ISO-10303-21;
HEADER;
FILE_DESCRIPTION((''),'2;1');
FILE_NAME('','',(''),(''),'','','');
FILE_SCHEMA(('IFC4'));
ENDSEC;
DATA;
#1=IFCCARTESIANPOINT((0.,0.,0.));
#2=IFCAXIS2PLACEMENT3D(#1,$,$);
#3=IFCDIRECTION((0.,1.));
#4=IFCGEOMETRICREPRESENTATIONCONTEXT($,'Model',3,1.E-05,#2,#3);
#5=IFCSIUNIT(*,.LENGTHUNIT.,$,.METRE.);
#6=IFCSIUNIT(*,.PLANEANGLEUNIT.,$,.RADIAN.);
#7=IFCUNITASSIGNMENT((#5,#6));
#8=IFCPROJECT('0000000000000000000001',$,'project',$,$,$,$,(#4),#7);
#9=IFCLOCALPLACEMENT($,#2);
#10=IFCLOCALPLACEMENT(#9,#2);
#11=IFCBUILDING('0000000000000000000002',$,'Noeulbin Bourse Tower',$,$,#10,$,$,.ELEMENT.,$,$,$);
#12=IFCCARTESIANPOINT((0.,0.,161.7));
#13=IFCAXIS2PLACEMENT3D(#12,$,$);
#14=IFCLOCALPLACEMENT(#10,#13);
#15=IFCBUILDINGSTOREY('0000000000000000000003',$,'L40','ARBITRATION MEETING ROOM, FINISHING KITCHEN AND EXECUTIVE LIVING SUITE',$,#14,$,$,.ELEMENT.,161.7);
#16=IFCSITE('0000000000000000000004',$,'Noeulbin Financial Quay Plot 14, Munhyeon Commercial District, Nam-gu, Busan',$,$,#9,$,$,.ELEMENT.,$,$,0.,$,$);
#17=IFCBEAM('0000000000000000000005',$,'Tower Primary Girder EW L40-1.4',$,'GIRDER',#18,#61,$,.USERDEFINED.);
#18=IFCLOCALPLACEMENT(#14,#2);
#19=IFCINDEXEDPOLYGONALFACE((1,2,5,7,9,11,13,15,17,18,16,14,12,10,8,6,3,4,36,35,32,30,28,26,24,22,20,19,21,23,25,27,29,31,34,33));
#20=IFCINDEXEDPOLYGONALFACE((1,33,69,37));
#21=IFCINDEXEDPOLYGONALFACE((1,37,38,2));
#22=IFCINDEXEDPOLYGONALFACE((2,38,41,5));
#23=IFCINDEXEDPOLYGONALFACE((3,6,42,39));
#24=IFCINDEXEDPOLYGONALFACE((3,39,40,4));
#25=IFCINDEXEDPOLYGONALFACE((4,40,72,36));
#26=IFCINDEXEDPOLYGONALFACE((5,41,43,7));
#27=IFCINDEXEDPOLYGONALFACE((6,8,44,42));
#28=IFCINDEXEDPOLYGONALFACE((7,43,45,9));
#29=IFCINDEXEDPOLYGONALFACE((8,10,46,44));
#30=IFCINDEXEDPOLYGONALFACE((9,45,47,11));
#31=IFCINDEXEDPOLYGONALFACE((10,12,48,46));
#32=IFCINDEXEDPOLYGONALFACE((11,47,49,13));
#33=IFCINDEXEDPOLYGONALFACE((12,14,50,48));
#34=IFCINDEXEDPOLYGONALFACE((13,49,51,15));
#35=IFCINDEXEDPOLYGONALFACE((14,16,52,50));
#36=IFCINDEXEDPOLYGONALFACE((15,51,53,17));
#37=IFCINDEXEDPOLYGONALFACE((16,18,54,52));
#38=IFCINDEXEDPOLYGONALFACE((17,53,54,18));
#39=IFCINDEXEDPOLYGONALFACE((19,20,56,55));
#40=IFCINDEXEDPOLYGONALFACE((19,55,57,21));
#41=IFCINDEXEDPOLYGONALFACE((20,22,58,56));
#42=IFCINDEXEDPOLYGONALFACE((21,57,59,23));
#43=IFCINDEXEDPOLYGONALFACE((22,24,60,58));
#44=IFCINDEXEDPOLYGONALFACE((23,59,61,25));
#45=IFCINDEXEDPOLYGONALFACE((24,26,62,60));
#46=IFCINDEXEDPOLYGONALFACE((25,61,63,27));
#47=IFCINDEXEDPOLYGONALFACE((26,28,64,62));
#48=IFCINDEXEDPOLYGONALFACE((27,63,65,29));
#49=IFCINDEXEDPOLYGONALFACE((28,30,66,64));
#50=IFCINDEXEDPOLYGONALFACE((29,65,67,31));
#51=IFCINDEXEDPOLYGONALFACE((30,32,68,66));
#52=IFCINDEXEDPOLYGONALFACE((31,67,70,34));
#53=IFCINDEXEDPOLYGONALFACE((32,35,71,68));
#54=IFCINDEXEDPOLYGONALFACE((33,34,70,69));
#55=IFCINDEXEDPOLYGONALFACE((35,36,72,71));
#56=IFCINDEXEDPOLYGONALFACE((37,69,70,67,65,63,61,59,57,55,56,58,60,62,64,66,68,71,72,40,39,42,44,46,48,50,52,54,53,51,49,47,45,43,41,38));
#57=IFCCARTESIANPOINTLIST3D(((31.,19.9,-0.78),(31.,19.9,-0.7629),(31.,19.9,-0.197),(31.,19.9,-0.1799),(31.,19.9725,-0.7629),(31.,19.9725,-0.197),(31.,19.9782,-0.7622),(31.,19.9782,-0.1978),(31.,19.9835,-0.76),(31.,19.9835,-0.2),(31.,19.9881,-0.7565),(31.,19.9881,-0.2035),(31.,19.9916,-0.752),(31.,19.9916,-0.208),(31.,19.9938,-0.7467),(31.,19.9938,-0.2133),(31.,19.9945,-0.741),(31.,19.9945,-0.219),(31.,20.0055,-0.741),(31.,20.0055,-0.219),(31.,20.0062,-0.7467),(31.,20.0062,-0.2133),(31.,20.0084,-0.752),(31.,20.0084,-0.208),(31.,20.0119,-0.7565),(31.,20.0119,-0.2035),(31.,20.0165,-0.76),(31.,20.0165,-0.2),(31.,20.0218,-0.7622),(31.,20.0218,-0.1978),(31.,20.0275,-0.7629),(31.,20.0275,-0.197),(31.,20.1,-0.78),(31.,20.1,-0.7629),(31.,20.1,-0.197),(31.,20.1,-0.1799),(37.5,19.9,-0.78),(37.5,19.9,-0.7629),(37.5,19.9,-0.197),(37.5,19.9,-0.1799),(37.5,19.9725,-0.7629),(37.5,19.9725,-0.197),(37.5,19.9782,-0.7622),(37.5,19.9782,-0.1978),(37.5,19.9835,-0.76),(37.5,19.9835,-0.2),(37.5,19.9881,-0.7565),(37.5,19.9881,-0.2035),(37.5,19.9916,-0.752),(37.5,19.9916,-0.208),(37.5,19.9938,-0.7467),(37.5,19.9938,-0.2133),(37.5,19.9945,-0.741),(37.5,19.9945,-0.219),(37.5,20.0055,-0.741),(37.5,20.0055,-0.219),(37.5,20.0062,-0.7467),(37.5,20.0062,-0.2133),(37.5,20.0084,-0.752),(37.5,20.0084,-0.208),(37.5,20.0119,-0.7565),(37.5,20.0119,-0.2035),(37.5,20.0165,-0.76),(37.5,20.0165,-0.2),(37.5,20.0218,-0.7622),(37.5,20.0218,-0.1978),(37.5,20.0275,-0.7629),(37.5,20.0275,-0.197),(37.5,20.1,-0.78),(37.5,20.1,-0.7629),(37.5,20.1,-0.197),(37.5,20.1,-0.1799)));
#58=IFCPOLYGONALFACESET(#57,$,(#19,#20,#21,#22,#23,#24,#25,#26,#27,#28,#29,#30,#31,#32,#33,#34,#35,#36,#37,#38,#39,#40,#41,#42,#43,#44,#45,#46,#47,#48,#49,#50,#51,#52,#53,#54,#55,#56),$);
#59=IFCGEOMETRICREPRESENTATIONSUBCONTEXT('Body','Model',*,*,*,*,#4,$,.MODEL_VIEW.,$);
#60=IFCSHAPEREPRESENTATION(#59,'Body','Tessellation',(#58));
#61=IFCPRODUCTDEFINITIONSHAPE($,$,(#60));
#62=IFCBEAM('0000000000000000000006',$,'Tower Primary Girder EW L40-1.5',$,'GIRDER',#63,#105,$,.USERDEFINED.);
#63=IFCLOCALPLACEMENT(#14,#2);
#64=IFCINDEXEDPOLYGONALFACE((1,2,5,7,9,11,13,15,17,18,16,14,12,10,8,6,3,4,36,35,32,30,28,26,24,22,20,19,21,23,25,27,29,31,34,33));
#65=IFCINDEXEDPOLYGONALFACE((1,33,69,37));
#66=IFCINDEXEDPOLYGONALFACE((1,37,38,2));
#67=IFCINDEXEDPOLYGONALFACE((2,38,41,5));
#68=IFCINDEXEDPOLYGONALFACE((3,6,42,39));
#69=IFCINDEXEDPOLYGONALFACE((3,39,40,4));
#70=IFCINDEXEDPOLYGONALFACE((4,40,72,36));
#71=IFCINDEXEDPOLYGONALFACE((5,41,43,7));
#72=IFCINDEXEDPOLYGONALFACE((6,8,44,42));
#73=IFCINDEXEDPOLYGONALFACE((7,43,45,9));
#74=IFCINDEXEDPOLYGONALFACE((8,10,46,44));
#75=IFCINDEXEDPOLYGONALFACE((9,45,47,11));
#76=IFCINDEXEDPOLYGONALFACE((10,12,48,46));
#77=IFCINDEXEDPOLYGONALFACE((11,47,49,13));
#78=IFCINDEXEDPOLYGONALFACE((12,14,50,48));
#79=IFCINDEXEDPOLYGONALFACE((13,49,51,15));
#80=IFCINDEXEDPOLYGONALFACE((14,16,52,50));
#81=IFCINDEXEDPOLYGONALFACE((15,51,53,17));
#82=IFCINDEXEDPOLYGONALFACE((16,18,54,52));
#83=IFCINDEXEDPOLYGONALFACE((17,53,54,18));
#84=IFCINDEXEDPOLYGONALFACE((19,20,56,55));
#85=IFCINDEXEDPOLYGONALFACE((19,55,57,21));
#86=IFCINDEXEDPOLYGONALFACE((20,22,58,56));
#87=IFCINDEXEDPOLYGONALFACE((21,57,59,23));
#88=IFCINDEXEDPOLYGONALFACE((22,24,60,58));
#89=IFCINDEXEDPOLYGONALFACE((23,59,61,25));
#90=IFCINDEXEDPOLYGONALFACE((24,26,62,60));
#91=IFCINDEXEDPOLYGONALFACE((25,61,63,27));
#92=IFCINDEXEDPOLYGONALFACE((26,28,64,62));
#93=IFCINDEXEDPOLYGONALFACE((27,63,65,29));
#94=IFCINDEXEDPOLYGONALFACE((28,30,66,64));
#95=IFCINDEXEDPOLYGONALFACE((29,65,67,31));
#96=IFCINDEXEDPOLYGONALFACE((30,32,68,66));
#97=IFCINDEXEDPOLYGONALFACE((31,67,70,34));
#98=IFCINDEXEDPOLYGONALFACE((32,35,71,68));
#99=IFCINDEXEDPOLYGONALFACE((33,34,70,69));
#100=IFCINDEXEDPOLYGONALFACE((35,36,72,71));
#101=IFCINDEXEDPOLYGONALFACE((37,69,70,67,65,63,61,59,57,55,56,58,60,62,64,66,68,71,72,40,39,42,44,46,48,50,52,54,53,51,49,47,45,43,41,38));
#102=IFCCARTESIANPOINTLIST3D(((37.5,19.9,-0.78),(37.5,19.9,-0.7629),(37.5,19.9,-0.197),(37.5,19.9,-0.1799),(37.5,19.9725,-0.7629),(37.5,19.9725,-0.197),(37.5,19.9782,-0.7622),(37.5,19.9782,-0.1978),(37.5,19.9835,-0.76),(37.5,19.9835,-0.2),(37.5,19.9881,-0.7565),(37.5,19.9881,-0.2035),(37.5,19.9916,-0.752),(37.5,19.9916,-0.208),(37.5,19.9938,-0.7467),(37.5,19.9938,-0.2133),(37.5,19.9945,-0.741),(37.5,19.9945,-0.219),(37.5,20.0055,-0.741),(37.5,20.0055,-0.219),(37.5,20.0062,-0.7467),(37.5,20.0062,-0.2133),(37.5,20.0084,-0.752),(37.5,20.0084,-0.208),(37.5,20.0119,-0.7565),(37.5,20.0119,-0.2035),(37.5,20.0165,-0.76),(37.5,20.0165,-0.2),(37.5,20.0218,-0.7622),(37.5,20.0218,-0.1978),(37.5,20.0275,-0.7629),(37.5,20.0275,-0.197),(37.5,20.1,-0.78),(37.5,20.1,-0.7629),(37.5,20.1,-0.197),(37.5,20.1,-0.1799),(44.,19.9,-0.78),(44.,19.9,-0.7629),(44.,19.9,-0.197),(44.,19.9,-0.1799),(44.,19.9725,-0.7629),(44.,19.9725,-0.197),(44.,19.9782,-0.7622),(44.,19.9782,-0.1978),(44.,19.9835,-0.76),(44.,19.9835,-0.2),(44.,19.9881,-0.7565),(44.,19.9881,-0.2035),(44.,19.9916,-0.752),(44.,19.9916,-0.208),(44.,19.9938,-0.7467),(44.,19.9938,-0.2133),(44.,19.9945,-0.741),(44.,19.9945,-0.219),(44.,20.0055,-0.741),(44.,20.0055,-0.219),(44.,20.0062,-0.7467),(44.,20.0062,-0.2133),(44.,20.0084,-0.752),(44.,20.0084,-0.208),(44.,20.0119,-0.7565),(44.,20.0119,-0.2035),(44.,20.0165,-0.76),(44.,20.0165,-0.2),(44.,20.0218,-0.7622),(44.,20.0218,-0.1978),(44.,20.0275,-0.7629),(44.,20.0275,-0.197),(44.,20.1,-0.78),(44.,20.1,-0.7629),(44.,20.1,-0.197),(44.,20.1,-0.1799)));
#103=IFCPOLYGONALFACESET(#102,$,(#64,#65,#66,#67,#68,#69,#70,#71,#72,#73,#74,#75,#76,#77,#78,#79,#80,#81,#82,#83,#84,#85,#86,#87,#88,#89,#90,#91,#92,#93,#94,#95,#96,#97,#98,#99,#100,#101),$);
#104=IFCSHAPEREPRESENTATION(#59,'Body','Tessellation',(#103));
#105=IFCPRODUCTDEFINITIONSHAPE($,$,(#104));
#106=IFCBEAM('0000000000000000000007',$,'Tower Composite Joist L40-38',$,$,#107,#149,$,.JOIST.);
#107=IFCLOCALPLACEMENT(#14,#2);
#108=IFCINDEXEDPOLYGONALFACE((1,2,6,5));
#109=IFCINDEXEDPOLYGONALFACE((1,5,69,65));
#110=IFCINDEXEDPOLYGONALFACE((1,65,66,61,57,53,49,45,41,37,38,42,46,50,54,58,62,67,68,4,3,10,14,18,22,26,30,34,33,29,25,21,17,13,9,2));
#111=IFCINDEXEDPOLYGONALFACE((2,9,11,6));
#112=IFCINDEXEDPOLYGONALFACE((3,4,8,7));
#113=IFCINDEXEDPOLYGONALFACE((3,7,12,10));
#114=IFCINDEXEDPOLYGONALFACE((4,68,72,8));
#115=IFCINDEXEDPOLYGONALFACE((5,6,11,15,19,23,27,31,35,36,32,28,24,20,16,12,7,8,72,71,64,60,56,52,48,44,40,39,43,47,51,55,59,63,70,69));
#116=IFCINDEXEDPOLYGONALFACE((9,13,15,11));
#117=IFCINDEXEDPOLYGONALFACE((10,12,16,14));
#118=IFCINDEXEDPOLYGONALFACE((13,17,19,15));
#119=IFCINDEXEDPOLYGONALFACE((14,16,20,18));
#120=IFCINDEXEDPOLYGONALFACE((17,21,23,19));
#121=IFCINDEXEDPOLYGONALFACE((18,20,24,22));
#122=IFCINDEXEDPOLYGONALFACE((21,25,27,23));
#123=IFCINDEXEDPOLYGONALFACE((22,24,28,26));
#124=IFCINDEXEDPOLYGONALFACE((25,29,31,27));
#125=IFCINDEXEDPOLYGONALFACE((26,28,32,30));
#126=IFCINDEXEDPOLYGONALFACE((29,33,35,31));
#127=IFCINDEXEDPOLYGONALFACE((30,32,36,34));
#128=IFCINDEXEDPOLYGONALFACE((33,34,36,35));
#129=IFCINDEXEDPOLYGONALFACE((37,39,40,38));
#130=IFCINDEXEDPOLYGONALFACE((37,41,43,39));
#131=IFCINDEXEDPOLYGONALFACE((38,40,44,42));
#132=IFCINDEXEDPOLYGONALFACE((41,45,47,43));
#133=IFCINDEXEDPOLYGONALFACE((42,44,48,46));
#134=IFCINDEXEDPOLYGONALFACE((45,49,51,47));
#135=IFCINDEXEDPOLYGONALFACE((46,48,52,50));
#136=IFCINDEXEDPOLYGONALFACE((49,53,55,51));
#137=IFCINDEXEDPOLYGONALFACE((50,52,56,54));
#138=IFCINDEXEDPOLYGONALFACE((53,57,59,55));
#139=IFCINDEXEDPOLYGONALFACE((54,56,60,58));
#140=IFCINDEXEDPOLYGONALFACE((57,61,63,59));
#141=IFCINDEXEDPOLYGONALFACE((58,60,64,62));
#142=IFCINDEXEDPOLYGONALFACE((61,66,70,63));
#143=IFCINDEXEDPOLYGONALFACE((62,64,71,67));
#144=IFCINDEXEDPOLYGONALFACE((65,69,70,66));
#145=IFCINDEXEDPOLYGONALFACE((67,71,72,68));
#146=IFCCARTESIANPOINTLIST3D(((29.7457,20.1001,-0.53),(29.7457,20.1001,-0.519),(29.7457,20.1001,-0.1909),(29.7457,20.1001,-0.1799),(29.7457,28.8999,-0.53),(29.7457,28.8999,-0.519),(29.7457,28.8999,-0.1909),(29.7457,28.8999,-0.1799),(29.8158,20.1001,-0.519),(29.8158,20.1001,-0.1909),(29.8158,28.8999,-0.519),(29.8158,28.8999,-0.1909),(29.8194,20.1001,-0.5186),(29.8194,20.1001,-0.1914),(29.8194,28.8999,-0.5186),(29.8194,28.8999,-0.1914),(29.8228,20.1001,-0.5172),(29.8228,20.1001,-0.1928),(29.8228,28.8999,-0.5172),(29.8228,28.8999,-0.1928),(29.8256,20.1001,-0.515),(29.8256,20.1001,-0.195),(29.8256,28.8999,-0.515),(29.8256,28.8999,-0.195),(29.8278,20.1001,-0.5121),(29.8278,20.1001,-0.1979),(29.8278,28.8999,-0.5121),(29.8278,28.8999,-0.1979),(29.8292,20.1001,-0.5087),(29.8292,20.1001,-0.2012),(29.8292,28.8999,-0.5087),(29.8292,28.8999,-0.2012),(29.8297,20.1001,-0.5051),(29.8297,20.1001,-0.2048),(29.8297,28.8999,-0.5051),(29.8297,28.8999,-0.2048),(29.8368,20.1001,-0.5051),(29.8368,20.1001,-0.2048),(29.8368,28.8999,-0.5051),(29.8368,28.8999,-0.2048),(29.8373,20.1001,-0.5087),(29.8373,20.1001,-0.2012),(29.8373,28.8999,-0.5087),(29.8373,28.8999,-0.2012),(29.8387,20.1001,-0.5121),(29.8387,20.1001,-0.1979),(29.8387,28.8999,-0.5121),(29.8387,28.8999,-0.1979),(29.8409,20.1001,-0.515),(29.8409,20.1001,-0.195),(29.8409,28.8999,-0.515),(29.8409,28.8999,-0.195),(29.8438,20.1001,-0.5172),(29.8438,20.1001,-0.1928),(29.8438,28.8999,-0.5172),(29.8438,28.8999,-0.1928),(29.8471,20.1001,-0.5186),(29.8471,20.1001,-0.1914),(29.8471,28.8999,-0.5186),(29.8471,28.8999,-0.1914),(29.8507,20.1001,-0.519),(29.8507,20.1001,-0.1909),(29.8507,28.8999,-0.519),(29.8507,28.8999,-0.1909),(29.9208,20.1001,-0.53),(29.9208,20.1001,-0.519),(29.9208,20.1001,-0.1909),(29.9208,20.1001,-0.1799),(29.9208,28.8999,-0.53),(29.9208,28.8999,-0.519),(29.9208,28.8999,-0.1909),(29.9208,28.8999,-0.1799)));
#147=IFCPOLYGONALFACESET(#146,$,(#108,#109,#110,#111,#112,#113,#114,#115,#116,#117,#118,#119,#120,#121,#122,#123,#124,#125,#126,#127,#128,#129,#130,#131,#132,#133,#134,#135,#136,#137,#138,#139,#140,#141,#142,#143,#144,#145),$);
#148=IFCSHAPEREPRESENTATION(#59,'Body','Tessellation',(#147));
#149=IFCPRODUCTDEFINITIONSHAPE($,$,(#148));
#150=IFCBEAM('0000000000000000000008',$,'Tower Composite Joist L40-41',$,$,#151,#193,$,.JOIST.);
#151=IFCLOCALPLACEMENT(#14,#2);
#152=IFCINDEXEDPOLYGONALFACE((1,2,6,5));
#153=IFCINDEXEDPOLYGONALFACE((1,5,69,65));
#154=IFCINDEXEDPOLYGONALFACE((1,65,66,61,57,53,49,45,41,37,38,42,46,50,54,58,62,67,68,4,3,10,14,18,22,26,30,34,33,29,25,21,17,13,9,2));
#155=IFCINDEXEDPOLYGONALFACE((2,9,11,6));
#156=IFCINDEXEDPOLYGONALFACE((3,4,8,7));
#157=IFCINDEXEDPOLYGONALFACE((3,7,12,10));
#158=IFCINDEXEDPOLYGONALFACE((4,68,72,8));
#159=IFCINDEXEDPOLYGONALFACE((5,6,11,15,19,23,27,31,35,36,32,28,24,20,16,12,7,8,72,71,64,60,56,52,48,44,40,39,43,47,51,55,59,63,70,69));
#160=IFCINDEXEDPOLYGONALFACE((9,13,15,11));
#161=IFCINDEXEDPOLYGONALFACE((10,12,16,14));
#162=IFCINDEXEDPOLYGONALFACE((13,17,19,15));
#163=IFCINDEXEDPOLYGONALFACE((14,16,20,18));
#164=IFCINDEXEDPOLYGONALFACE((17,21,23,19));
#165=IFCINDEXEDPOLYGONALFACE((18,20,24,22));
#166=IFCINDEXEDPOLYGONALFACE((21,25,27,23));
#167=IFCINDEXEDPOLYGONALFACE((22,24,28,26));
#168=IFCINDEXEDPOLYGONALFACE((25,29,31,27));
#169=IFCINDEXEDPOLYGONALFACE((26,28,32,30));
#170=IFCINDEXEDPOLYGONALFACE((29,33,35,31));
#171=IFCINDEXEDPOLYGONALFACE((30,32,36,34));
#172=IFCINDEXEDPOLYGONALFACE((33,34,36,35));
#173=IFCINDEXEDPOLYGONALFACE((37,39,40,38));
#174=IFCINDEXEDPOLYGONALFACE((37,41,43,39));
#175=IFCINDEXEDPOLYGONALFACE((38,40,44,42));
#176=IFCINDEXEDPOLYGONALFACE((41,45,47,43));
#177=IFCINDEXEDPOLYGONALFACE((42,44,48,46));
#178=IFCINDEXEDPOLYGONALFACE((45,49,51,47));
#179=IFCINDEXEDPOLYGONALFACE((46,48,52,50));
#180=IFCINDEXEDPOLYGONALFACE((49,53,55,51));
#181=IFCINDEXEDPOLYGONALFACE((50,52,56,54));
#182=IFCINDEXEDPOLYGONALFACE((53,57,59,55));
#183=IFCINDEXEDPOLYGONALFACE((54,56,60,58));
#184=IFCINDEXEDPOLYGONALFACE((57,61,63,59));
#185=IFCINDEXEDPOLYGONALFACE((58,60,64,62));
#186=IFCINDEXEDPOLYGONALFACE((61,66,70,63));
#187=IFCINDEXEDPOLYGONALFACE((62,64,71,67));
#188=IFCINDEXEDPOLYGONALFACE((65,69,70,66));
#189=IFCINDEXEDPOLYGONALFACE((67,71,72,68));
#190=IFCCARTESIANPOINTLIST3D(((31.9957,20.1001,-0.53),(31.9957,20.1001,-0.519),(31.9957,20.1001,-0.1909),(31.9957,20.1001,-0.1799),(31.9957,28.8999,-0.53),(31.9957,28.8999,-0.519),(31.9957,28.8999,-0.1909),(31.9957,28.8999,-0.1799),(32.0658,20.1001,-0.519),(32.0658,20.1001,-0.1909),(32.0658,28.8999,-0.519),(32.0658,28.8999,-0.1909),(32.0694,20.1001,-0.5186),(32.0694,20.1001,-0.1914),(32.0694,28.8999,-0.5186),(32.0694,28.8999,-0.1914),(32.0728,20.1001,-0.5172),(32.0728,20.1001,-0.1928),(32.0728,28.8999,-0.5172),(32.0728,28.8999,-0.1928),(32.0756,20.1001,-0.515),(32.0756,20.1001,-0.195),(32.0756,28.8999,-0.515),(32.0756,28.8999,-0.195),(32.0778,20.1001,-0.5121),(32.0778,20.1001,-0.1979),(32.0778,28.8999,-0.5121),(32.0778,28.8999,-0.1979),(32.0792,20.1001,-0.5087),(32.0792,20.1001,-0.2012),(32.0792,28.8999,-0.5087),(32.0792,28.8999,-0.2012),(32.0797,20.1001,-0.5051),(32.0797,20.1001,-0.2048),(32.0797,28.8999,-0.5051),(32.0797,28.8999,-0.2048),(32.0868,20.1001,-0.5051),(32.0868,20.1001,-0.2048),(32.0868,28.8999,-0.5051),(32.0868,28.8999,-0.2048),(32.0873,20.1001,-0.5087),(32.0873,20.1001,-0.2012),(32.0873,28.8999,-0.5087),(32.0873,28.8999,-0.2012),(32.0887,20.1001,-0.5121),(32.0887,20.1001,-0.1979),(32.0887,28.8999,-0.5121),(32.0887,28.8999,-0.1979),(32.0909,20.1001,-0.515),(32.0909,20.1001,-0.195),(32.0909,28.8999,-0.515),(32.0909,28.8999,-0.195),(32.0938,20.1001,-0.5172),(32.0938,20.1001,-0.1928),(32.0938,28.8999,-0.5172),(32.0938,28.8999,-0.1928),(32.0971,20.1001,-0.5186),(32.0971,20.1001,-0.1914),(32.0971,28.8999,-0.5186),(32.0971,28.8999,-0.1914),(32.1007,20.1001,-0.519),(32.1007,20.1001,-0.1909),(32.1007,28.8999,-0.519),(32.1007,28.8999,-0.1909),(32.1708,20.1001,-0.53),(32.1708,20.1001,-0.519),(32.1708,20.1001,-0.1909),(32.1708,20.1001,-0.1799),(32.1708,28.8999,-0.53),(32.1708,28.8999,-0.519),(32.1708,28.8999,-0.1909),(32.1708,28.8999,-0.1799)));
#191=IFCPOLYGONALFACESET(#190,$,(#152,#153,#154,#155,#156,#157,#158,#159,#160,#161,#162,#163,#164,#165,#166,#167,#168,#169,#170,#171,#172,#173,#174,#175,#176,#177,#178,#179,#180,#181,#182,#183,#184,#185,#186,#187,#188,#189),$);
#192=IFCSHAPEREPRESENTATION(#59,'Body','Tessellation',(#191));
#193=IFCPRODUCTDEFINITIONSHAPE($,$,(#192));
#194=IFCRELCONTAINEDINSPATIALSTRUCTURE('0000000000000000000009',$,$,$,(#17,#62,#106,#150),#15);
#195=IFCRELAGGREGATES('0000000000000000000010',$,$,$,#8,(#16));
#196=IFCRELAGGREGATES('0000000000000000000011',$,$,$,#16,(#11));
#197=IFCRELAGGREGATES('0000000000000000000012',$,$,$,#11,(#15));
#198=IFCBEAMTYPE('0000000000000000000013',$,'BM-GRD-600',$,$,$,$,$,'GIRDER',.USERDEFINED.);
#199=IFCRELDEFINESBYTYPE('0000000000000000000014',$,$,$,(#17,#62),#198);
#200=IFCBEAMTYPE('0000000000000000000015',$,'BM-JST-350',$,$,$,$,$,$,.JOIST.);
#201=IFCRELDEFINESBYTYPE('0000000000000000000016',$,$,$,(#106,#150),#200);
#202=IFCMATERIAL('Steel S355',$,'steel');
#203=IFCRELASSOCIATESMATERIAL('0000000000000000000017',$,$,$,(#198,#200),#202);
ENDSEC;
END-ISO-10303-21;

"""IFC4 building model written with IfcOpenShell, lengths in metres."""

from ifc_helpers import new_model, si_unit, direction, frame, origin, origin_2d, place, context, subcontext, project, spatial, i_section, extrude, material, material_profile, profile_set, type_object, element, save


model = new_model("IFC4")

# Units and contexts
model_context = context("Model", 3, precision=1e-05, world=origin(), true_north=direction((0.0, 1.0)))
body_context = subcontext(model_context, "Body", "Model", "MODEL_VIEW")
ifc_project = project(units=[si_unit("LENGTHUNIT", "METRE"), si_unit("PLANEANGLEUNIT", "RADIAN")], contexts=[model_context])

# Site, building, storey
site_placement = place(None, origin())
site = spatial("IfcSite", under=ifc_project, at=site_placement, Name="Noeulbin Financial Quay Plot 14, Munhyeon Commercial District, Nam-gu, Busan", CompositionType="ELEMENT", RefElevation=0.0)
building_placement = place(site_placement, origin())
building = spatial("IfcBuilding", under=site, at=building_placement, Name="Noeulbin Bourse Tower", CompositionType="ELEMENT")
storey_placement = place(building_placement, frame((0.0, 0.0, 161.7)))
storey = spatial("IfcBuildingStorey", under=building, at=storey_placement, Name="L40", Description="ARBITRATION MEETING ROOM, FINISHING KITCHEN AND EXECUTIVE LIVING SUITE", CompositionType="ELEMENT", Elevation=161.7)

# Beams
ifc_material_1 = material(Name="Steel S355", Category="steel")
ifc_material_profile_1 = material_profile(ifc_material_1, i_section(OverallWidth=0.2, OverallDepth=0.6001, WebThickness=0.011, FlangeThickness=0.0171, FilletRadius=0.022, at=origin_2d()), Name="H-600x200x11x17", Category="LoadBearing")
ifc_profile_set_1 = profile_set([ifc_material_profile_1], Name="Steel S355")
beam_type_1 = type_object("IfcBeamType", Name="BM-GRD-600", ElementType="GIRDER", PredefinedType="USERDEFINED", material=ifc_profile_set_1)
for number, where, z_axis, x_axis, name in (
    (1, (31.0, 20.0, -0.48), (1.0, 0.0, 0.0), (0.0, 1.0, 0.0), "Tower Primary Girder EW L40-1.4"),
    (2, (37.5, 20.0, -0.48), (1.0, 0.0, 0.0), (0.0, 1.0, 0.0), "Tower Primary Girder EW L40-1.5"),
):
    element("IfcBeam", number, at=place(storey_placement, frame(where, z_axis=z_axis, x_axis=x_axis)), inside=storey, type_object=beam_type_1, Name=name, ObjectType="GIRDER", PredefinedType="USERDEFINED", context=body_context, shape_type="SweptSolid", body=[
        extrude(i_section(OverallWidth=0.2, OverallDepth=0.6001, WebThickness=0.011, FlangeThickness=0.0171, FilletRadius=0.022, at=origin_2d()), origin(), (0.0, 0.0, 1.0), 6.5),
    ])
ifc_material_profile_2 = material_profile(ifc_material_1, i_section(OverallWidth=0.175, OverallDepth=0.3501, WebThickness=0.0071, FlangeThickness=0.011, FilletRadius=0.0139, at=origin_2d()), Name="H-350x175x7x11", Category="LoadBearing")
ifc_profile_set_2 = profile_set([ifc_material_profile_2], Name="Steel S355")
beam_type_2 = type_object("IfcBeamType", Name="BM-JST-350", PredefinedType="JOIST", material=ifc_profile_set_2)
for number, where, z_axis, x_axis, name in (
    (3, (29.8333, 20.1001, -0.355), (0.0, 1.0, 0.0), (-1.0, 0.0, 0.0), "Tower Composite Joist L40-38"),
    (4, (32.0833, 20.1001, -0.355), (0.0, 1.0, 0.0), (-1.0, 0.0, 0.0), "Tower Composite Joist L40-41"),
):
    element("IfcBeam", number, at=place(storey_placement, frame(where, z_axis=z_axis, x_axis=x_axis)), inside=storey, type_object=beam_type_2, Name=name, PredefinedType="JOIST", context=body_context, shape_type="SweptSolid", body=[
        extrude(i_section(OverallWidth=0.175, OverallDepth=0.3501, WebThickness=0.0071, FlangeThickness=0.011, FilletRadius=0.0139, at=origin_2d()), origin(), (0.0, 0.0, 1.0), 8.7998),
    ])

save(model, "model.ifc")
